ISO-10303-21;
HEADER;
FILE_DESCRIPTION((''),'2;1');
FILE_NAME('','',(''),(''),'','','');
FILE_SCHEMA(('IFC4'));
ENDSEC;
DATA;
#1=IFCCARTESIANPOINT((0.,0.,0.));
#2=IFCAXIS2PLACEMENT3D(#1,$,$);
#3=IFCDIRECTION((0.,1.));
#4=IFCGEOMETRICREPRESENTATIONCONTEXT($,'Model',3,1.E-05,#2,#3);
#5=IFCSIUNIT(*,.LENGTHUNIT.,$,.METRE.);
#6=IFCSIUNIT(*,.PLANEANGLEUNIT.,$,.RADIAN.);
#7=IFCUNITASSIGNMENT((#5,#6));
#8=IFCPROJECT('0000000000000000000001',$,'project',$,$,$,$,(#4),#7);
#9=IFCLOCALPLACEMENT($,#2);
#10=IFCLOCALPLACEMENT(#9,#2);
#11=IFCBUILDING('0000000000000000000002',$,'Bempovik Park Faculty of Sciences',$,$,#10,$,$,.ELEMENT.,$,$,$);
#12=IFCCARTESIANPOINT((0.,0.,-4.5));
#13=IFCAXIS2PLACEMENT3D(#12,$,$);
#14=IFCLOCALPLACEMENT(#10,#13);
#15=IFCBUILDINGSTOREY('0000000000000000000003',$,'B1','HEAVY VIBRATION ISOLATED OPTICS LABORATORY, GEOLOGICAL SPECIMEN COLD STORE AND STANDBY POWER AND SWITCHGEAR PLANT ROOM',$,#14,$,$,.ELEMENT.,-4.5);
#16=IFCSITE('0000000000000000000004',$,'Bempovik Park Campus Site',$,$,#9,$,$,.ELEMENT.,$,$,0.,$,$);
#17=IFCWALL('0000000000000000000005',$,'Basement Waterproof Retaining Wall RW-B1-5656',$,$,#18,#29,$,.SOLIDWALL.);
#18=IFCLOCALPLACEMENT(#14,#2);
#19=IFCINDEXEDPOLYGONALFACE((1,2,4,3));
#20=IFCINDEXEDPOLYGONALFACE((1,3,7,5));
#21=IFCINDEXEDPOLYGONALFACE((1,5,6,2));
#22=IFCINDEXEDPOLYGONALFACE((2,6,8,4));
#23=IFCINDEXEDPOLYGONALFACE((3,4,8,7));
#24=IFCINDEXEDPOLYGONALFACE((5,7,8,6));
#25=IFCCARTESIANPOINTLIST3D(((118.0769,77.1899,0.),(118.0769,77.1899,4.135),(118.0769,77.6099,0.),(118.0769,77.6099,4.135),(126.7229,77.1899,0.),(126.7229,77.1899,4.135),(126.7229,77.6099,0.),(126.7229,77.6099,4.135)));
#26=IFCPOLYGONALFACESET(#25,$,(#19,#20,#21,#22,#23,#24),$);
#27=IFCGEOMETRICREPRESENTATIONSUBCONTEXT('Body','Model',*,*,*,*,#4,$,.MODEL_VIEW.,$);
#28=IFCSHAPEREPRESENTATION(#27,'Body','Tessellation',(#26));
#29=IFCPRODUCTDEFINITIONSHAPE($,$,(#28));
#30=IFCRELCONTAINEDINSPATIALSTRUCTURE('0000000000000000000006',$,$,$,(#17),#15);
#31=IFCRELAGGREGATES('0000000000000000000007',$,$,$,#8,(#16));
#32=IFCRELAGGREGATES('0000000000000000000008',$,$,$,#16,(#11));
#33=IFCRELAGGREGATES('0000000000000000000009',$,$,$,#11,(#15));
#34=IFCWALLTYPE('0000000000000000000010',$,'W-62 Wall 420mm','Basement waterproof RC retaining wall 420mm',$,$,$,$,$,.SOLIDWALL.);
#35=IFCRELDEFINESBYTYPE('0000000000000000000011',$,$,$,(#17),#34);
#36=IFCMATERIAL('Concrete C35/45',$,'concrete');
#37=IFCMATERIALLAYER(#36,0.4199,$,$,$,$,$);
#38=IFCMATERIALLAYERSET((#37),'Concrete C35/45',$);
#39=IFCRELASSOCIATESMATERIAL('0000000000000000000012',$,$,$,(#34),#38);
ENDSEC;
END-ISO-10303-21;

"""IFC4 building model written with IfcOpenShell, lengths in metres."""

from ifc_helpers import new_model, si_unit, direction, frame, frame_2d, origin, place, context, subcontext, project, spatial, rectangle, extrude, material, layer, layer_set, type_object, element, save


model = new_model("IFC4")

# Units and contexts
model_context = context("Model", 3, precision=1e-05, world=origin(), true_north=direction((0.0, 1.0)))
body_context = subcontext(model_context, "Body", "Model", "MODEL_VIEW")
ifc_project = project(units=[si_unit("LENGTHUNIT", "METRE"), si_unit("PLANEANGLEUNIT", "RADIAN")], contexts=[model_context])

# Site, building, storey
site_placement = place(None, origin())
site = spatial("IfcSite", under=ifc_project, at=site_placement, Name="Bempovik Park Campus Site", CompositionType="ELEMENT", RefElevation=0.0)
building_placement = place(site_placement, origin())
building = spatial("IfcBuilding", under=site, at=building_placement, Name="Bempovik Park Faculty of Sciences", CompositionType="ELEMENT")
storey_placement = place(building_placement, frame((0.0, 0.0, -4.5)))
storey = spatial("IfcBuildingStorey", under=building, at=storey_placement, Name="B1", Description="HEAVY VIBRATION ISOLATED OPTICS LABORATORY, GEOLOGICAL SPECIMEN COLD STORE AND STANDBY POWER AND SWITCHGEAR PLANT ROOM", CompositionType="ELEMENT", Elevation=-4.5)

# Shared definitions
ifc_material_1 = material(Name="Concrete C35/45", Category="concrete")

# Wall
ifc_layer_1 = layer(ifc_material_1, 0.4199)
ifc_layer_set_1 = layer_set([ifc_layer_1], Name="Concrete C35/45")
wall_type_1 = type_object("IfcWallType", Name="W-62 Wall 420mm", Description="Basement waterproof RC retaining wall 420mm", PredefinedType="SOLIDWALL", material=ifc_layer_set_1)
for number, where, z_axis, x_axis, name in (
    (1, (118.0769, 77.3999, 0.0), (0.0, 0.0, 1.0), (1.0, 0.0, 0.0), "Basement Waterproof Retaining Wall RW-B1-5656"),
):
    element("IfcWall", number, at=place(storey_placement, frame(where, z_axis=z_axis, x_axis=x_axis)), inside=storey, type_object=wall_type_1, Name=name, PredefinedType="SOLIDWALL", context=body_context, shape_type="SweptSolid", body=[
        extrude(rectangle(XDim=8.646, YDim=0.4199, at=frame_2d((4.323, 0.0))), origin(), (0.0, 0.0, 1.0), 4.135),
    ])

save(model, "model.ifc")
